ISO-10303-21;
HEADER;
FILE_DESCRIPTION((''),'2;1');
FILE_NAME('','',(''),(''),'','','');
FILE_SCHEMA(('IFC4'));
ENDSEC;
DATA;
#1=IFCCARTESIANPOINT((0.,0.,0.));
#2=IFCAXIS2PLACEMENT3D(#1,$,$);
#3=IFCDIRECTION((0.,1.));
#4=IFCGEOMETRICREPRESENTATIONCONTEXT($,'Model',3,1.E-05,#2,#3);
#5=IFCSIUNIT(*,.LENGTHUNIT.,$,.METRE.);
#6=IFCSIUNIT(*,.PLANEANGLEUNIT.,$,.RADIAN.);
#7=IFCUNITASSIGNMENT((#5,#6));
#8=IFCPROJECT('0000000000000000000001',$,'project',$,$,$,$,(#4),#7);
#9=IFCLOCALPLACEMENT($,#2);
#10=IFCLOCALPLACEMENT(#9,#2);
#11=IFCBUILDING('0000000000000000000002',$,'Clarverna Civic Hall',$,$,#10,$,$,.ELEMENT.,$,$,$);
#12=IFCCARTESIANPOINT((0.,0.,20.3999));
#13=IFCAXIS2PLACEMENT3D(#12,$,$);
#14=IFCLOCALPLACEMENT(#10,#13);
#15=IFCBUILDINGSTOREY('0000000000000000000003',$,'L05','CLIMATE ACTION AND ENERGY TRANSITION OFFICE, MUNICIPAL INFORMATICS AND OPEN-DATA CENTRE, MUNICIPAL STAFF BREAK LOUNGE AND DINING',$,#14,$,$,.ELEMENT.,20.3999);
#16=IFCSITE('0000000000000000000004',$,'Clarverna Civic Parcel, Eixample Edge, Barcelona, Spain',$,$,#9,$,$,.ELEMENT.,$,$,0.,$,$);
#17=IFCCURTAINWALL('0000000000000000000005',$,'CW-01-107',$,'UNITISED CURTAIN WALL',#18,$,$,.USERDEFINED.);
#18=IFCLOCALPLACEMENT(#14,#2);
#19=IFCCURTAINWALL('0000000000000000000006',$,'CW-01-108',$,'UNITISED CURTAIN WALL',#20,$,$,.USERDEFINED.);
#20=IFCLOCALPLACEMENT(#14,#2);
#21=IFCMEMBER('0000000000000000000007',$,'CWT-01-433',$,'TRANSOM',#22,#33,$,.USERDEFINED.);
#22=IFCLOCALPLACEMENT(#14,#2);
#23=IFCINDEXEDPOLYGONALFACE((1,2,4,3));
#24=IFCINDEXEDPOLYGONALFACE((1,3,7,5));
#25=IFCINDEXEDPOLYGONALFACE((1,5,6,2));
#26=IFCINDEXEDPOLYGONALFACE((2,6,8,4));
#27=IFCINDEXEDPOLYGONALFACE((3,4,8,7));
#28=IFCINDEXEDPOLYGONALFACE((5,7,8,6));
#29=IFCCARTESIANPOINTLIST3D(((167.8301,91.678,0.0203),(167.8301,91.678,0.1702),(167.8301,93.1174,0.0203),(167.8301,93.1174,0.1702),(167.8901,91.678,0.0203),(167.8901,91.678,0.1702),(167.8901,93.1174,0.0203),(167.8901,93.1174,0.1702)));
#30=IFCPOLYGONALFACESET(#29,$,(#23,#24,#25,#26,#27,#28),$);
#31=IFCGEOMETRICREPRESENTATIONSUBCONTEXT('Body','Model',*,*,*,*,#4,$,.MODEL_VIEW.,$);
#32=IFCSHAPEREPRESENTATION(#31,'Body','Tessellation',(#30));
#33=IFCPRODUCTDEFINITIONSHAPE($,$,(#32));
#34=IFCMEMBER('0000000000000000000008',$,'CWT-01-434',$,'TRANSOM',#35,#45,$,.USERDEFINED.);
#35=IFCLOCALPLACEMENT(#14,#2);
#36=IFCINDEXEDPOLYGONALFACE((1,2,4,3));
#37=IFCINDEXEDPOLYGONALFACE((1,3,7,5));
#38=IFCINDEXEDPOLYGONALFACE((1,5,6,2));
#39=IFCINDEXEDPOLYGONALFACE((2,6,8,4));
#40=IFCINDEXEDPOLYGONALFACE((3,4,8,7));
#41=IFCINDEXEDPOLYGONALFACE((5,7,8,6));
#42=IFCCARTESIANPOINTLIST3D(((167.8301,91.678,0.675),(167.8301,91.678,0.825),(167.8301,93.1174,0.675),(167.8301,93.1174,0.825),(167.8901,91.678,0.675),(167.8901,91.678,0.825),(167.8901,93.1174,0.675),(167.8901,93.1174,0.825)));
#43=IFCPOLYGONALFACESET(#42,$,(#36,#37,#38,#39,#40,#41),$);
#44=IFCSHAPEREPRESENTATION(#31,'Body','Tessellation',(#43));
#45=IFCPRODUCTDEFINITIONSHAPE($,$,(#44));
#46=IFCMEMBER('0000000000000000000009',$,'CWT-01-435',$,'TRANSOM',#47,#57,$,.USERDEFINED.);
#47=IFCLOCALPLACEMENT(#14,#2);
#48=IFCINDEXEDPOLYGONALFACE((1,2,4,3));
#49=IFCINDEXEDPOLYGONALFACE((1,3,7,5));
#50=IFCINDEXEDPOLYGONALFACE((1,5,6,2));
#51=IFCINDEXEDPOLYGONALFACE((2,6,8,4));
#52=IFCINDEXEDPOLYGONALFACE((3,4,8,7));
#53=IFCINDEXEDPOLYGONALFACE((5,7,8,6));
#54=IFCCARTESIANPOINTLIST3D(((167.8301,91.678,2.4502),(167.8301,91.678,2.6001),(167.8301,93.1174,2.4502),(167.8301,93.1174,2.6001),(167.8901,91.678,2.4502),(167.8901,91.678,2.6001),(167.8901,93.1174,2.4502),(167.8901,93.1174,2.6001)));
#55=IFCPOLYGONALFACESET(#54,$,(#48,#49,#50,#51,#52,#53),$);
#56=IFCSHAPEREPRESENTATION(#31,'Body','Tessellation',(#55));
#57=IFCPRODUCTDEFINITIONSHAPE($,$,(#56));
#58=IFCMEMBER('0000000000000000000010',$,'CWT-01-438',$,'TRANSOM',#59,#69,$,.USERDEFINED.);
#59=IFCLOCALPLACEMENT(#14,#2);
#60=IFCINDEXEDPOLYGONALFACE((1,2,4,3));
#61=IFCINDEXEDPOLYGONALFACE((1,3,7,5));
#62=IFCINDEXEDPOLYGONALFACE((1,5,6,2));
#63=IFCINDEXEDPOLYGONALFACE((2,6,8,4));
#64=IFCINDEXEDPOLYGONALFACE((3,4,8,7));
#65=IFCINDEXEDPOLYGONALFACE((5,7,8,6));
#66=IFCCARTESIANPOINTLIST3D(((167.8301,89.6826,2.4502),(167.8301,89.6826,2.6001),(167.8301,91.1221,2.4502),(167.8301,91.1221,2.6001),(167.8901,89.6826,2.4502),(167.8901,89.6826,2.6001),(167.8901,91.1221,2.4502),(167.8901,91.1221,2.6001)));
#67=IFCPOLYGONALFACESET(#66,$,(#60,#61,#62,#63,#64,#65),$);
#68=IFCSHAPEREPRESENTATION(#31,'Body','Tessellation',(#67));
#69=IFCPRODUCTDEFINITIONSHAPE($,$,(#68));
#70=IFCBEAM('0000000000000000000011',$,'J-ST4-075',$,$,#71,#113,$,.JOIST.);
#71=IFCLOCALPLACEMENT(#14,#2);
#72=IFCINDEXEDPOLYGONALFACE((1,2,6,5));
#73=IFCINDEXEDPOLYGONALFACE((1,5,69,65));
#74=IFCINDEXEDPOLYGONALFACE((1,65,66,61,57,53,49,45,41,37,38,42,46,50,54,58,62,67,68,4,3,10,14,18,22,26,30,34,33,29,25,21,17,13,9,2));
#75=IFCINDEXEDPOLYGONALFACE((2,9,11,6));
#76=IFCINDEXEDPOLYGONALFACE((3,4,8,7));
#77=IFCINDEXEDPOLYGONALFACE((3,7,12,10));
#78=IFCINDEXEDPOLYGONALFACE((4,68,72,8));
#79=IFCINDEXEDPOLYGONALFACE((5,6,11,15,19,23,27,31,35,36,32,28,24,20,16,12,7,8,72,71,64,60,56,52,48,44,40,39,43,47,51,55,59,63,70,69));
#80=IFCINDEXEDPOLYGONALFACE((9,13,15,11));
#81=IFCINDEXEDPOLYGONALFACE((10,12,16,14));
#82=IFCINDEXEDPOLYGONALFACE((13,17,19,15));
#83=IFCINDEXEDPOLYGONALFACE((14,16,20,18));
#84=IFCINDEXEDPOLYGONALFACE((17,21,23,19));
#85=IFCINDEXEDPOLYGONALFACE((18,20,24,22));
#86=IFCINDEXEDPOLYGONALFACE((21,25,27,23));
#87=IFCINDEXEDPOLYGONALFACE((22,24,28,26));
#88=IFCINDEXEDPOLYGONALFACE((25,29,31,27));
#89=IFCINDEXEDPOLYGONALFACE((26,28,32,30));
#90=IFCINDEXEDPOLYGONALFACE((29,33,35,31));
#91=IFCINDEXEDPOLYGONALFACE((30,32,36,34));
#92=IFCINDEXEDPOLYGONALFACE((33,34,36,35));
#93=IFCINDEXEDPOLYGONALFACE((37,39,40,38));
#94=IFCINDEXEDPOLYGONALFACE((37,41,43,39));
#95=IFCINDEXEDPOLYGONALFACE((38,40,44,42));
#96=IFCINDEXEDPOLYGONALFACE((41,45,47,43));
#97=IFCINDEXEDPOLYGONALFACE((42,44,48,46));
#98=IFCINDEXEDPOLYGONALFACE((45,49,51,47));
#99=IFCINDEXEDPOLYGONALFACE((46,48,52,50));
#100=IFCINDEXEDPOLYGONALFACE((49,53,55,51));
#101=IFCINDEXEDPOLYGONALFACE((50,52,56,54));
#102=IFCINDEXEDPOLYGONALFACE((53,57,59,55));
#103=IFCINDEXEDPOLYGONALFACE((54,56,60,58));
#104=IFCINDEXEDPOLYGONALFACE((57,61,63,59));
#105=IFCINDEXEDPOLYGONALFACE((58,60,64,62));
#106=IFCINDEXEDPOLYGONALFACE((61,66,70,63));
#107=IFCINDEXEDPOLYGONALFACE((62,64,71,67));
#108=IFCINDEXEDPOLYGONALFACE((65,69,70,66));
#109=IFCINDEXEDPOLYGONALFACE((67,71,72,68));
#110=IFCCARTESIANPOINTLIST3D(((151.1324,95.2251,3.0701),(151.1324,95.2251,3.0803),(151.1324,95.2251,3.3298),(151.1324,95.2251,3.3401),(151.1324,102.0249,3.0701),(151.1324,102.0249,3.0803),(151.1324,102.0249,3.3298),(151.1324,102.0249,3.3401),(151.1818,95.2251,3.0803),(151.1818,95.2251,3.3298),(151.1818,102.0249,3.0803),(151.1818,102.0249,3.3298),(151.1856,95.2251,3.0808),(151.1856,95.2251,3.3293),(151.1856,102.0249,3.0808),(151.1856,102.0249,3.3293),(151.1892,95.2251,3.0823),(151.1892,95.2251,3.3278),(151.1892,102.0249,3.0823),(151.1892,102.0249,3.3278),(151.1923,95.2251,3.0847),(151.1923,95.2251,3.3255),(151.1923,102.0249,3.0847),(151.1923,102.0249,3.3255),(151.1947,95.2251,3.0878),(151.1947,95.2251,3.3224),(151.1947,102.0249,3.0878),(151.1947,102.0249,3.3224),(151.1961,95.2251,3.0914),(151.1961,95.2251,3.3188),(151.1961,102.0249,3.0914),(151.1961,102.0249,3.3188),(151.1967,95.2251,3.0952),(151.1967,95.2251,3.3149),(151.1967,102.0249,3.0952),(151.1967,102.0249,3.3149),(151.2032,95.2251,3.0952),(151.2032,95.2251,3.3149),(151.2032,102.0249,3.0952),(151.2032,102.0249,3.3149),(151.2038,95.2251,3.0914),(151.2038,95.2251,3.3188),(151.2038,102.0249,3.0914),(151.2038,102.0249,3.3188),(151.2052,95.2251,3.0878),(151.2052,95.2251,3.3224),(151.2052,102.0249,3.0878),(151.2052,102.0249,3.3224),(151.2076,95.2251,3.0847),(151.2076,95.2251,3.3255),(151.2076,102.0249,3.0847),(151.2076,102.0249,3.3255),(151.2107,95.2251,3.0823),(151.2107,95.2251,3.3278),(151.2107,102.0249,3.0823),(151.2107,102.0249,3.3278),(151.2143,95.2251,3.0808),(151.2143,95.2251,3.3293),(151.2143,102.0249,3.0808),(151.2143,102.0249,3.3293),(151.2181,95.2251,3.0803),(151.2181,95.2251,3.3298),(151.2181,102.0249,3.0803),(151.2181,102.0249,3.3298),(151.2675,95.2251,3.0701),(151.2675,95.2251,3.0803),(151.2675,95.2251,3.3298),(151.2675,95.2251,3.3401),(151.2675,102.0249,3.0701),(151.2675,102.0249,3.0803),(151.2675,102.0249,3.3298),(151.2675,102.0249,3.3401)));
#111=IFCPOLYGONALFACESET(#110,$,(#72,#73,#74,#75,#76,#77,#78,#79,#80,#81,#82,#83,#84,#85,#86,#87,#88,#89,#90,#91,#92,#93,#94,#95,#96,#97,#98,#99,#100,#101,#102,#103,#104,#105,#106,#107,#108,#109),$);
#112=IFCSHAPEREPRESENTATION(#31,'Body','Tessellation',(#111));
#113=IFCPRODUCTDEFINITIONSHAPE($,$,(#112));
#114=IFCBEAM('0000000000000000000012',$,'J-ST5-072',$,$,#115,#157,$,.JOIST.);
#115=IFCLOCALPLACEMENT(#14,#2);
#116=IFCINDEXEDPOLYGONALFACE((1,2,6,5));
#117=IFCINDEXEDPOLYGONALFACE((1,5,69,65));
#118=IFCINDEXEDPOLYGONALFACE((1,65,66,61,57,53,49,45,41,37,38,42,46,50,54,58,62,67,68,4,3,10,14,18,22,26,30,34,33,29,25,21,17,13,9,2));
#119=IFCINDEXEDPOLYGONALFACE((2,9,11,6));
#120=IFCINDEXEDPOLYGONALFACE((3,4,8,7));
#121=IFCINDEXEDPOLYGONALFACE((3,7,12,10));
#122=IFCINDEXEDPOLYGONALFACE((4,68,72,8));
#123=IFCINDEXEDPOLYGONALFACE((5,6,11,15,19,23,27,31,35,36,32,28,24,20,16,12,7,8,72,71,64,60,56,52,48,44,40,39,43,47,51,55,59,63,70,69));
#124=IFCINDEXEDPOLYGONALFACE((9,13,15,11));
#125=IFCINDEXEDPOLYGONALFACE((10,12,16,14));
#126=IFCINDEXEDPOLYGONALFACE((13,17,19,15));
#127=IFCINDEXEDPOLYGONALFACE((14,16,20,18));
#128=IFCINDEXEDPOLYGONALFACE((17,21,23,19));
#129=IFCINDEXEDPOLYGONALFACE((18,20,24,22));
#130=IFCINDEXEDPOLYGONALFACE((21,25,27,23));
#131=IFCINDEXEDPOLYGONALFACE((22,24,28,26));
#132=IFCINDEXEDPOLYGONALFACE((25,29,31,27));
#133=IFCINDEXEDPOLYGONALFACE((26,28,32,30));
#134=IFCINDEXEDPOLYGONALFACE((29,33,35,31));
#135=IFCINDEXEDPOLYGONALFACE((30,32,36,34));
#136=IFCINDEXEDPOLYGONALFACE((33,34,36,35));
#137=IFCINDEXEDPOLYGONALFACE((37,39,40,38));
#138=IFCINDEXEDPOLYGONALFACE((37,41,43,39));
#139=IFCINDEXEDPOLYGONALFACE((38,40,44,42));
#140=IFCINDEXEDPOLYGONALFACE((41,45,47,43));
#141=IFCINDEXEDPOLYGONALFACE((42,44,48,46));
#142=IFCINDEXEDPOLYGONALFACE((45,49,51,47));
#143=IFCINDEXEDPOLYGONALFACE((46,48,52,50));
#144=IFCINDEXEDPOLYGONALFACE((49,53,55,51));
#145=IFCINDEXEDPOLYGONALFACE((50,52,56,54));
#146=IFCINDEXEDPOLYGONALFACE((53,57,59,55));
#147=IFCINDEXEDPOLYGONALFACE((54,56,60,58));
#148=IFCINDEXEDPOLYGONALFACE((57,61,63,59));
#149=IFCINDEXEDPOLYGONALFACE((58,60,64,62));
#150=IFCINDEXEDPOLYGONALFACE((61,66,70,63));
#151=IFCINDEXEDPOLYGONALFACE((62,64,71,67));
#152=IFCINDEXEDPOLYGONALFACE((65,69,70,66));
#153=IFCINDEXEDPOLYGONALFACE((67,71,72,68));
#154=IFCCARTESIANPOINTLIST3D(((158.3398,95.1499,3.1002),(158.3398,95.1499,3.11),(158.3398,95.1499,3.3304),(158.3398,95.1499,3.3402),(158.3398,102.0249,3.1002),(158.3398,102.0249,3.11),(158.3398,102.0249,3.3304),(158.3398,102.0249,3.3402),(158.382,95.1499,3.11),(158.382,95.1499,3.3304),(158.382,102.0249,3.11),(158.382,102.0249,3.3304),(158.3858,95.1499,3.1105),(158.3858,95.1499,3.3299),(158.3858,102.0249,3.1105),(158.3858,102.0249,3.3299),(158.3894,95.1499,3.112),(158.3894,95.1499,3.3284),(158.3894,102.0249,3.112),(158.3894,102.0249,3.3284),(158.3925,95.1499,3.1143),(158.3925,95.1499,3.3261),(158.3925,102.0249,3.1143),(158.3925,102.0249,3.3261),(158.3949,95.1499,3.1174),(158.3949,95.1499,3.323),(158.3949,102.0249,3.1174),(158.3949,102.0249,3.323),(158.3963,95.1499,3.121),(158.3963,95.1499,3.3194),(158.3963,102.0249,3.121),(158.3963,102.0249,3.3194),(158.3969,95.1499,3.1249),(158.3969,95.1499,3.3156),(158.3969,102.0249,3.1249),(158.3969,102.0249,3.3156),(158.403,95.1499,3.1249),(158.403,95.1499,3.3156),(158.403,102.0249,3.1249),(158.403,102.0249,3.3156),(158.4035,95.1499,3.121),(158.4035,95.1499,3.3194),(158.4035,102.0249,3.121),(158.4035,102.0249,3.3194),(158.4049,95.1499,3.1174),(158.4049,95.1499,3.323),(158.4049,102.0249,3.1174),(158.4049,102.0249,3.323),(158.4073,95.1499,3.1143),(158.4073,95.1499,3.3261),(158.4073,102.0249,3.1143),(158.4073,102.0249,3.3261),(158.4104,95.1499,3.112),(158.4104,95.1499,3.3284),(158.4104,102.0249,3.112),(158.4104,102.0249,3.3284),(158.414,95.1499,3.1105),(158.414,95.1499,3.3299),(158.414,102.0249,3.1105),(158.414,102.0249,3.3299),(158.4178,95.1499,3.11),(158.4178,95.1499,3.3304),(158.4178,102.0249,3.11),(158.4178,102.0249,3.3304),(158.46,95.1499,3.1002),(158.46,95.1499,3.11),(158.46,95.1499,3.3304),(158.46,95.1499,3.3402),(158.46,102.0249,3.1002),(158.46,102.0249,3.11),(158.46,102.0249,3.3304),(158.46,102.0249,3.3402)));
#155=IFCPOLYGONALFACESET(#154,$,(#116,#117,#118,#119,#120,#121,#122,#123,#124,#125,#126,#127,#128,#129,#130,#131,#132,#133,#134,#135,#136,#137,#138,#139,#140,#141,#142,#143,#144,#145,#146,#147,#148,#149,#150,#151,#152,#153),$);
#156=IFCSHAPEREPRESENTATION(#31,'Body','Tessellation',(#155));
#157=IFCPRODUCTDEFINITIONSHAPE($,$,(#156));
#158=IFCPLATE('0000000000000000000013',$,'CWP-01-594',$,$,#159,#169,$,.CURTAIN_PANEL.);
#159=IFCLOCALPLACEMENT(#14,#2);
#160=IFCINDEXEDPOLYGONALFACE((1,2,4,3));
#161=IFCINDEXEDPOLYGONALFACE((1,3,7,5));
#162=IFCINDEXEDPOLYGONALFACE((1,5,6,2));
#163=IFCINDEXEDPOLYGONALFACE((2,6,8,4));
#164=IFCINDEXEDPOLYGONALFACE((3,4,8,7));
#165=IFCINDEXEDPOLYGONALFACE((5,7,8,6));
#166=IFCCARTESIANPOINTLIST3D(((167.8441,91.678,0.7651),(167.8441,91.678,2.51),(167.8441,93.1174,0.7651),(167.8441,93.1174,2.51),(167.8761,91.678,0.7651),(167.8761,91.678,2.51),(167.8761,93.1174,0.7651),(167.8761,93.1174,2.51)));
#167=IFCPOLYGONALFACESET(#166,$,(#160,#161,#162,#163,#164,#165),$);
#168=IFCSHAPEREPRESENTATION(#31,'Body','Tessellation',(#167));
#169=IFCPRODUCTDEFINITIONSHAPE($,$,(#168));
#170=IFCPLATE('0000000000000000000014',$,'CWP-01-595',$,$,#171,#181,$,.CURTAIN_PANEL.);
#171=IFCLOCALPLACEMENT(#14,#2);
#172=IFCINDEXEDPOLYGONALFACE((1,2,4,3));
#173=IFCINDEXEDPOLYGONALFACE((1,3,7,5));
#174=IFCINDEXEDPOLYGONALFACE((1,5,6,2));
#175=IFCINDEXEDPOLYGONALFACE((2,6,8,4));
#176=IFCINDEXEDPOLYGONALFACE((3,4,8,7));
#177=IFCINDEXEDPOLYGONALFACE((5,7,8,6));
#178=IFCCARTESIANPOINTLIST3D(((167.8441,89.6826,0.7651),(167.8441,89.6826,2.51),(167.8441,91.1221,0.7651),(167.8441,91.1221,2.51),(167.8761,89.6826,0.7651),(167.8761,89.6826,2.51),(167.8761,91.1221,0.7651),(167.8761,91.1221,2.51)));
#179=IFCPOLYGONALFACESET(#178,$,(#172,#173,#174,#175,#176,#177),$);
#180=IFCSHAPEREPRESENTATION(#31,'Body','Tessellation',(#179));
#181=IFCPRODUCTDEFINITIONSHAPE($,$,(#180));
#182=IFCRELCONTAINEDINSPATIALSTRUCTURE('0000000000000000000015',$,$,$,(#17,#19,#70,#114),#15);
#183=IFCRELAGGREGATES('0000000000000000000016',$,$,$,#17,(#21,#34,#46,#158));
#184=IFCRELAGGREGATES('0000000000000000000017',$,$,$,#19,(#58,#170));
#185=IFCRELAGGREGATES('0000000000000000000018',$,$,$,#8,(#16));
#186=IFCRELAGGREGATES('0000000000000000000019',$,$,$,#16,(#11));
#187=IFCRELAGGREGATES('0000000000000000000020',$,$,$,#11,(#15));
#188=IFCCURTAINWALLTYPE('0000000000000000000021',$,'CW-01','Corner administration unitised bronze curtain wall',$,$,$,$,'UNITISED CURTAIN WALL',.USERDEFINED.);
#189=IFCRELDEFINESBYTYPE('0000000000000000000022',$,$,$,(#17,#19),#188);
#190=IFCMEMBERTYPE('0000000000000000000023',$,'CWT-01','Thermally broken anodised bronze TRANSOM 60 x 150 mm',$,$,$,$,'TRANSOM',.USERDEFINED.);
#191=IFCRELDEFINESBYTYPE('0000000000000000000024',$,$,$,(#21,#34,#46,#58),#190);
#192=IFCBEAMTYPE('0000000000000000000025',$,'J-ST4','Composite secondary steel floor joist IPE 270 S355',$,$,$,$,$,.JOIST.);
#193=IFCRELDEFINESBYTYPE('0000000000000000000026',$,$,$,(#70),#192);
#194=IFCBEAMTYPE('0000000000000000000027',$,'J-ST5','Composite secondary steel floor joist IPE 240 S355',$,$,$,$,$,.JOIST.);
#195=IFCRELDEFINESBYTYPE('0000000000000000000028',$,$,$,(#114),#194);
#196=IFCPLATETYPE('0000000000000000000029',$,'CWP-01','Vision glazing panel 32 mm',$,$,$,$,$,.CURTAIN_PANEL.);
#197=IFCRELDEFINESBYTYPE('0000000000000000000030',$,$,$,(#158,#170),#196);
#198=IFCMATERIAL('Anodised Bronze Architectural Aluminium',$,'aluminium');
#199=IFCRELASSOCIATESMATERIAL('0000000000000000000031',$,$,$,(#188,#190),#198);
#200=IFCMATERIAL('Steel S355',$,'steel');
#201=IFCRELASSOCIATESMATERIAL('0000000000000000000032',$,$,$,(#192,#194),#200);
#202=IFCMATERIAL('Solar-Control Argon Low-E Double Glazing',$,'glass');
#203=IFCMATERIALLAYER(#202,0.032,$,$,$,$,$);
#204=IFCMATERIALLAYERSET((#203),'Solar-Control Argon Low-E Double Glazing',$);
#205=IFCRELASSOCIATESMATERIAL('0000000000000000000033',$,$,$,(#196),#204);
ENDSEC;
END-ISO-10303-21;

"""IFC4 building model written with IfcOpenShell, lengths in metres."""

from ifc_helpers import new_model, si_unit, direction, frame, frame_2d, origin, origin_2d, place, context, subcontext, project, spatial, rectangle, i_section, extrude, material, layer, layer_set, material_profile, profile_set, type_object, element, aggregate, save


model = new_model("IFC4")

# Units and contexts
model_context = context("Model", 3, precision=1e-05, world=origin(), true_north=direction((0.0, 1.0)))
body_context = subcontext(model_context, "Body", "Model", "MODEL_VIEW")
ifc_project = project(units=[si_unit("LENGTHUNIT", "METRE"), si_unit("PLANEANGLEUNIT", "RADIAN")], contexts=[model_context])

# Site, building, storey
site_placement = place(None, origin())
site = spatial("IfcSite", under=ifc_project, at=site_placement, Name="Clarverna Civic Parcel, Eixample Edge, Barcelona, Spain", CompositionType="ELEMENT", RefElevation=0.0)
building_placement = place(site_placement, origin())
building = spatial("IfcBuilding", under=site, at=building_placement, Name="Clarverna Civic Hall", CompositionType="ELEMENT")
storey_placement = place(building_placement, frame((0.0, 0.0, 20.3999)))
storey = spatial("IfcBuildingStorey", under=building, at=storey_placement, Name="L05", Description="CLIMATE ACTION AND ENERGY TRANSITION OFFICE, MUNICIPAL INFORMATICS AND OPEN-DATA CENTRE, MUNICIPAL STAFF BREAK LOUNGE AND DINING", CompositionType="ELEMENT", Elevation=20.3999)

# Shared definitions
ifc_material_1 = material(Name="Steel S355", Category="steel")

# Curtain wall
ifc_material_2 = material(Name="Anodised Bronze Architectural Aluminium", Category="aluminium")
curtain_wall_type = type_object("IfcCurtainWallType", Name="CW-01", Description="Corner administration unitised bronze curtain wall", ElementType="UNITISED CURTAIN WALL", PredefinedType="USERDEFINED", material=ifc_material_2)
curtain_wall_1_placement = place(storey_placement, origin())
curtain_wall_1 = element("IfcCurtainWall", 1, at=curtain_wall_1_placement, inside=storey, type_object=curtain_wall_type, Name="CW-01-107", ObjectType="UNITISED CURTAIN WALL", PredefinedType="USERDEFINED")

# Curtain wall
curtain_wall_2_placement = place(storey_placement, origin())
curtain_wall_2 = element("IfcCurtainWall", 2, at=curtain_wall_2_placement, inside=storey, type_object=curtain_wall_type, Name="CW-01-108", ObjectType="UNITISED CURTAIN WALL", PredefinedType="USERDEFINED")

# Members
ifc_material_profile_1 = material_profile(ifc_material_2, rectangle(XDim=0.0601, YDim=0.1499, at=origin_2d()), Name="BRONZE 60x150")
ifc_profile_set_1 = profile_set([ifc_material_profile_1], Name="Anodised Bronze Architectural Aluminium")
member_type_1 = type_object("IfcMemberType", Name="CWT-01", Description="Thermally broken anodised bronze TRANSOM 60 x 150 mm", ElementType="TRANSOM", PredefinedType="USERDEFINED", material=ifc_profile_set_1)
member_1_placement = place(storey_placement, frame((167.8601, 93.1174, 0.0952), z_axis=(0.0, -1.0, 0.0), x_axis=(1.0, 0.0, 0.0)))
member_1 = element("IfcMember", 3, at=member_1_placement, type_object=member_type_1, Name="CWT-01-433", ObjectType="TRANSOM", PredefinedType="USERDEFINED", context=body_context, shape_type="SweptSolid", body=[
    extrude(rectangle(XDim=0.0601, YDim=0.1499, at=origin_2d()), origin(), (0.0, 0.0, 1.0), 1.4395),
])
member_2_placement = place(storey_placement, frame((167.8601, 93.1174, 0.75), z_axis=(0.0, -1.0, 0.0), x_axis=(1.0, 0.0, 0.0)))
member_2 = element("IfcMember", 4, at=member_2_placement, type_object=member_type_1, Name="CWT-01-434", ObjectType="TRANSOM", PredefinedType="USERDEFINED", context=body_context, shape_type="SweptSolid", body=[
    extrude(rectangle(XDim=0.0601, YDim=0.1499, at=origin_2d()), origin(), (0.0, 0.0, 1.0), 1.4395),
])
member_3_placement = place(storey_placement, frame((167.8601, 93.1174, 2.5251), z_axis=(0.0, -1.0, 0.0), x_axis=(1.0, 0.0, 0.0)))
member_3 = element("IfcMember", 5, at=member_3_placement, type_object=member_type_1, Name="CWT-01-435", ObjectType="TRANSOM", PredefinedType="USERDEFINED", context=body_context, shape_type="SweptSolid", body=[
    extrude(rectangle(XDim=0.0601, YDim=0.1499, at=origin_2d()), origin(), (0.0, 0.0, 1.0), 1.4395),
])
member_4_placement = place(storey_placement, frame((167.8601, 91.1221, 2.5251), z_axis=(0.0, -1.0, 0.0), x_axis=(1.0, 0.0, 0.0)))
member_4 = element("IfcMember", 6, at=member_4_placement, type_object=member_type_1, Name="CWT-01-438", ObjectType="TRANSOM", PredefinedType="USERDEFINED", context=body_context, shape_type="SweptSolid", body=[
    extrude(rectangle(XDim=0.0601, YDim=0.1499, at=origin_2d()), origin(), (0.0, 0.0, 1.0), 1.4395),
])

# Beams
ifc_material_profile_2 = material_profile(ifc_material_1, i_section(OverallWidth=0.135, OverallDepth=0.27, WebThickness=0.0066, FlangeThickness=0.0103, FilletRadius=0.0149, at=origin_2d()), Name="IPE 270")
ifc_profile_set_2 = profile_set([ifc_material_profile_2], Name="Steel S355")
beam_type_1 = type_object("IfcBeamType", Name="J-ST4", Description="Composite secondary steel floor joist IPE 270 S355", PredefinedType="JOIST", material=ifc_profile_set_2)
beam_1_placement = place(storey_placement, frame((151.2, 95.2251, 3.2051), z_axis=(0.0, 1.0, 0.0), x_axis=(-1.0, 0.0, 0.0)))
element("IfcBeam", 7, at=beam_1_placement, inside=storey, type_object=beam_type_1, Name="J-ST4-075", PredefinedType="JOIST", context=body_context, shape_type="SweptSolid", body=[
    extrude(i_section(OverallWidth=0.135, OverallDepth=0.27, WebThickness=0.0066, FlangeThickness=0.0103, FilletRadius=0.0149, at=origin_2d()), origin(), (0.0, 0.0, 1.0), 6.7998),
])
ifc_material_profile_3 = material_profile(ifc_material_1, i_section(OverallWidth=0.1201, OverallDepth=0.24, WebThickness=0.0061, FlangeThickness=0.0098, FilletRadius=0.0149, at=origin_2d()), Name="IPE 240")
ifc_profile_set_3 = profile_set([ifc_material_profile_3], Name="Steel S355")
beam_type_2 = type_object("IfcBeamType", Name="J-ST5", Description="Composite secondary steel floor joist IPE 240 S355", PredefinedType="JOIST", material=ifc_profile_set_3)
beam_2_placement = place(storey_placement, frame((158.3999, 95.1499, 3.2202), z_axis=(0.0, 1.0, 0.0), x_axis=(-1.0, 0.0, 0.0)))
element("IfcBeam", 8, at=beam_2_placement, inside=storey, type_object=beam_type_2, Name="J-ST5-072", PredefinedType="JOIST", context=body_context, shape_type="SweptSolid", body=[
    extrude(i_section(OverallWidth=0.1201, OverallDepth=0.24, WebThickness=0.0061, FlangeThickness=0.0098, FilletRadius=0.0149, at=origin_2d()), origin(), (0.0, 0.0, 1.0), 6.875),
])

# Plates
ifc_material_3 = material(Name="Solar-Control Argon Low-E Double Glazing", Category="glass")
ifc_layer_1 = layer(ifc_material_3, 0.032)
ifc_layer_set_1 = layer_set([ifc_layer_1], Name="Solar-Control Argon Low-E Double Glazing")
plate_type_1 = type_object("IfcPlateType", Name="CWP-01", Description="Vision glazing panel 32 mm", PredefinedType="CURTAIN_PANEL", material=ifc_layer_set_1)
plate_1_placement = place(storey_placement, frame((167.8601, 93.1174, 0.7651), z_axis=(0.0, 0.0, 1.0), x_axis=(0.0, -1.0, 0.0)))
plate_1 = element("IfcPlate", 9, at=plate_1_placement, type_object=plate_type_1, Name="CWP-01-594", PredefinedType="CURTAIN_PANEL", context=body_context, shape_type="SweptSolid", body=[
    extrude(rectangle(XDim=1.4395, YDim=0.032, at=frame_2d((0.7197, 0.0))), origin(), (0.0, 0.0, 1.0), 1.7449),
])
plate_2_placement = place(storey_placement, frame((167.8601, 91.1221, 0.7651), z_axis=(0.0, 0.0, 1.0), x_axis=(0.0, -1.0, 0.0)))
plate_2 = element("IfcPlate", 10, at=plate_2_placement, type_object=plate_type_1, Name="CWP-01-595", PredefinedType="CURTAIN_PANEL", context=body_context, shape_type="SweptSolid", body=[
    extrude(rectangle(XDim=1.4395, YDim=0.032, at=frame_2d((0.7197, 0.0))), origin(), (0.0, 0.0, 1.0), 1.7449),
])
aggregate(curtain_wall_1, [member_1, member_2, member_3, plate_1])
aggregate(curtain_wall_2, [member_4, plate_2])

save(model, "model.ifc")
